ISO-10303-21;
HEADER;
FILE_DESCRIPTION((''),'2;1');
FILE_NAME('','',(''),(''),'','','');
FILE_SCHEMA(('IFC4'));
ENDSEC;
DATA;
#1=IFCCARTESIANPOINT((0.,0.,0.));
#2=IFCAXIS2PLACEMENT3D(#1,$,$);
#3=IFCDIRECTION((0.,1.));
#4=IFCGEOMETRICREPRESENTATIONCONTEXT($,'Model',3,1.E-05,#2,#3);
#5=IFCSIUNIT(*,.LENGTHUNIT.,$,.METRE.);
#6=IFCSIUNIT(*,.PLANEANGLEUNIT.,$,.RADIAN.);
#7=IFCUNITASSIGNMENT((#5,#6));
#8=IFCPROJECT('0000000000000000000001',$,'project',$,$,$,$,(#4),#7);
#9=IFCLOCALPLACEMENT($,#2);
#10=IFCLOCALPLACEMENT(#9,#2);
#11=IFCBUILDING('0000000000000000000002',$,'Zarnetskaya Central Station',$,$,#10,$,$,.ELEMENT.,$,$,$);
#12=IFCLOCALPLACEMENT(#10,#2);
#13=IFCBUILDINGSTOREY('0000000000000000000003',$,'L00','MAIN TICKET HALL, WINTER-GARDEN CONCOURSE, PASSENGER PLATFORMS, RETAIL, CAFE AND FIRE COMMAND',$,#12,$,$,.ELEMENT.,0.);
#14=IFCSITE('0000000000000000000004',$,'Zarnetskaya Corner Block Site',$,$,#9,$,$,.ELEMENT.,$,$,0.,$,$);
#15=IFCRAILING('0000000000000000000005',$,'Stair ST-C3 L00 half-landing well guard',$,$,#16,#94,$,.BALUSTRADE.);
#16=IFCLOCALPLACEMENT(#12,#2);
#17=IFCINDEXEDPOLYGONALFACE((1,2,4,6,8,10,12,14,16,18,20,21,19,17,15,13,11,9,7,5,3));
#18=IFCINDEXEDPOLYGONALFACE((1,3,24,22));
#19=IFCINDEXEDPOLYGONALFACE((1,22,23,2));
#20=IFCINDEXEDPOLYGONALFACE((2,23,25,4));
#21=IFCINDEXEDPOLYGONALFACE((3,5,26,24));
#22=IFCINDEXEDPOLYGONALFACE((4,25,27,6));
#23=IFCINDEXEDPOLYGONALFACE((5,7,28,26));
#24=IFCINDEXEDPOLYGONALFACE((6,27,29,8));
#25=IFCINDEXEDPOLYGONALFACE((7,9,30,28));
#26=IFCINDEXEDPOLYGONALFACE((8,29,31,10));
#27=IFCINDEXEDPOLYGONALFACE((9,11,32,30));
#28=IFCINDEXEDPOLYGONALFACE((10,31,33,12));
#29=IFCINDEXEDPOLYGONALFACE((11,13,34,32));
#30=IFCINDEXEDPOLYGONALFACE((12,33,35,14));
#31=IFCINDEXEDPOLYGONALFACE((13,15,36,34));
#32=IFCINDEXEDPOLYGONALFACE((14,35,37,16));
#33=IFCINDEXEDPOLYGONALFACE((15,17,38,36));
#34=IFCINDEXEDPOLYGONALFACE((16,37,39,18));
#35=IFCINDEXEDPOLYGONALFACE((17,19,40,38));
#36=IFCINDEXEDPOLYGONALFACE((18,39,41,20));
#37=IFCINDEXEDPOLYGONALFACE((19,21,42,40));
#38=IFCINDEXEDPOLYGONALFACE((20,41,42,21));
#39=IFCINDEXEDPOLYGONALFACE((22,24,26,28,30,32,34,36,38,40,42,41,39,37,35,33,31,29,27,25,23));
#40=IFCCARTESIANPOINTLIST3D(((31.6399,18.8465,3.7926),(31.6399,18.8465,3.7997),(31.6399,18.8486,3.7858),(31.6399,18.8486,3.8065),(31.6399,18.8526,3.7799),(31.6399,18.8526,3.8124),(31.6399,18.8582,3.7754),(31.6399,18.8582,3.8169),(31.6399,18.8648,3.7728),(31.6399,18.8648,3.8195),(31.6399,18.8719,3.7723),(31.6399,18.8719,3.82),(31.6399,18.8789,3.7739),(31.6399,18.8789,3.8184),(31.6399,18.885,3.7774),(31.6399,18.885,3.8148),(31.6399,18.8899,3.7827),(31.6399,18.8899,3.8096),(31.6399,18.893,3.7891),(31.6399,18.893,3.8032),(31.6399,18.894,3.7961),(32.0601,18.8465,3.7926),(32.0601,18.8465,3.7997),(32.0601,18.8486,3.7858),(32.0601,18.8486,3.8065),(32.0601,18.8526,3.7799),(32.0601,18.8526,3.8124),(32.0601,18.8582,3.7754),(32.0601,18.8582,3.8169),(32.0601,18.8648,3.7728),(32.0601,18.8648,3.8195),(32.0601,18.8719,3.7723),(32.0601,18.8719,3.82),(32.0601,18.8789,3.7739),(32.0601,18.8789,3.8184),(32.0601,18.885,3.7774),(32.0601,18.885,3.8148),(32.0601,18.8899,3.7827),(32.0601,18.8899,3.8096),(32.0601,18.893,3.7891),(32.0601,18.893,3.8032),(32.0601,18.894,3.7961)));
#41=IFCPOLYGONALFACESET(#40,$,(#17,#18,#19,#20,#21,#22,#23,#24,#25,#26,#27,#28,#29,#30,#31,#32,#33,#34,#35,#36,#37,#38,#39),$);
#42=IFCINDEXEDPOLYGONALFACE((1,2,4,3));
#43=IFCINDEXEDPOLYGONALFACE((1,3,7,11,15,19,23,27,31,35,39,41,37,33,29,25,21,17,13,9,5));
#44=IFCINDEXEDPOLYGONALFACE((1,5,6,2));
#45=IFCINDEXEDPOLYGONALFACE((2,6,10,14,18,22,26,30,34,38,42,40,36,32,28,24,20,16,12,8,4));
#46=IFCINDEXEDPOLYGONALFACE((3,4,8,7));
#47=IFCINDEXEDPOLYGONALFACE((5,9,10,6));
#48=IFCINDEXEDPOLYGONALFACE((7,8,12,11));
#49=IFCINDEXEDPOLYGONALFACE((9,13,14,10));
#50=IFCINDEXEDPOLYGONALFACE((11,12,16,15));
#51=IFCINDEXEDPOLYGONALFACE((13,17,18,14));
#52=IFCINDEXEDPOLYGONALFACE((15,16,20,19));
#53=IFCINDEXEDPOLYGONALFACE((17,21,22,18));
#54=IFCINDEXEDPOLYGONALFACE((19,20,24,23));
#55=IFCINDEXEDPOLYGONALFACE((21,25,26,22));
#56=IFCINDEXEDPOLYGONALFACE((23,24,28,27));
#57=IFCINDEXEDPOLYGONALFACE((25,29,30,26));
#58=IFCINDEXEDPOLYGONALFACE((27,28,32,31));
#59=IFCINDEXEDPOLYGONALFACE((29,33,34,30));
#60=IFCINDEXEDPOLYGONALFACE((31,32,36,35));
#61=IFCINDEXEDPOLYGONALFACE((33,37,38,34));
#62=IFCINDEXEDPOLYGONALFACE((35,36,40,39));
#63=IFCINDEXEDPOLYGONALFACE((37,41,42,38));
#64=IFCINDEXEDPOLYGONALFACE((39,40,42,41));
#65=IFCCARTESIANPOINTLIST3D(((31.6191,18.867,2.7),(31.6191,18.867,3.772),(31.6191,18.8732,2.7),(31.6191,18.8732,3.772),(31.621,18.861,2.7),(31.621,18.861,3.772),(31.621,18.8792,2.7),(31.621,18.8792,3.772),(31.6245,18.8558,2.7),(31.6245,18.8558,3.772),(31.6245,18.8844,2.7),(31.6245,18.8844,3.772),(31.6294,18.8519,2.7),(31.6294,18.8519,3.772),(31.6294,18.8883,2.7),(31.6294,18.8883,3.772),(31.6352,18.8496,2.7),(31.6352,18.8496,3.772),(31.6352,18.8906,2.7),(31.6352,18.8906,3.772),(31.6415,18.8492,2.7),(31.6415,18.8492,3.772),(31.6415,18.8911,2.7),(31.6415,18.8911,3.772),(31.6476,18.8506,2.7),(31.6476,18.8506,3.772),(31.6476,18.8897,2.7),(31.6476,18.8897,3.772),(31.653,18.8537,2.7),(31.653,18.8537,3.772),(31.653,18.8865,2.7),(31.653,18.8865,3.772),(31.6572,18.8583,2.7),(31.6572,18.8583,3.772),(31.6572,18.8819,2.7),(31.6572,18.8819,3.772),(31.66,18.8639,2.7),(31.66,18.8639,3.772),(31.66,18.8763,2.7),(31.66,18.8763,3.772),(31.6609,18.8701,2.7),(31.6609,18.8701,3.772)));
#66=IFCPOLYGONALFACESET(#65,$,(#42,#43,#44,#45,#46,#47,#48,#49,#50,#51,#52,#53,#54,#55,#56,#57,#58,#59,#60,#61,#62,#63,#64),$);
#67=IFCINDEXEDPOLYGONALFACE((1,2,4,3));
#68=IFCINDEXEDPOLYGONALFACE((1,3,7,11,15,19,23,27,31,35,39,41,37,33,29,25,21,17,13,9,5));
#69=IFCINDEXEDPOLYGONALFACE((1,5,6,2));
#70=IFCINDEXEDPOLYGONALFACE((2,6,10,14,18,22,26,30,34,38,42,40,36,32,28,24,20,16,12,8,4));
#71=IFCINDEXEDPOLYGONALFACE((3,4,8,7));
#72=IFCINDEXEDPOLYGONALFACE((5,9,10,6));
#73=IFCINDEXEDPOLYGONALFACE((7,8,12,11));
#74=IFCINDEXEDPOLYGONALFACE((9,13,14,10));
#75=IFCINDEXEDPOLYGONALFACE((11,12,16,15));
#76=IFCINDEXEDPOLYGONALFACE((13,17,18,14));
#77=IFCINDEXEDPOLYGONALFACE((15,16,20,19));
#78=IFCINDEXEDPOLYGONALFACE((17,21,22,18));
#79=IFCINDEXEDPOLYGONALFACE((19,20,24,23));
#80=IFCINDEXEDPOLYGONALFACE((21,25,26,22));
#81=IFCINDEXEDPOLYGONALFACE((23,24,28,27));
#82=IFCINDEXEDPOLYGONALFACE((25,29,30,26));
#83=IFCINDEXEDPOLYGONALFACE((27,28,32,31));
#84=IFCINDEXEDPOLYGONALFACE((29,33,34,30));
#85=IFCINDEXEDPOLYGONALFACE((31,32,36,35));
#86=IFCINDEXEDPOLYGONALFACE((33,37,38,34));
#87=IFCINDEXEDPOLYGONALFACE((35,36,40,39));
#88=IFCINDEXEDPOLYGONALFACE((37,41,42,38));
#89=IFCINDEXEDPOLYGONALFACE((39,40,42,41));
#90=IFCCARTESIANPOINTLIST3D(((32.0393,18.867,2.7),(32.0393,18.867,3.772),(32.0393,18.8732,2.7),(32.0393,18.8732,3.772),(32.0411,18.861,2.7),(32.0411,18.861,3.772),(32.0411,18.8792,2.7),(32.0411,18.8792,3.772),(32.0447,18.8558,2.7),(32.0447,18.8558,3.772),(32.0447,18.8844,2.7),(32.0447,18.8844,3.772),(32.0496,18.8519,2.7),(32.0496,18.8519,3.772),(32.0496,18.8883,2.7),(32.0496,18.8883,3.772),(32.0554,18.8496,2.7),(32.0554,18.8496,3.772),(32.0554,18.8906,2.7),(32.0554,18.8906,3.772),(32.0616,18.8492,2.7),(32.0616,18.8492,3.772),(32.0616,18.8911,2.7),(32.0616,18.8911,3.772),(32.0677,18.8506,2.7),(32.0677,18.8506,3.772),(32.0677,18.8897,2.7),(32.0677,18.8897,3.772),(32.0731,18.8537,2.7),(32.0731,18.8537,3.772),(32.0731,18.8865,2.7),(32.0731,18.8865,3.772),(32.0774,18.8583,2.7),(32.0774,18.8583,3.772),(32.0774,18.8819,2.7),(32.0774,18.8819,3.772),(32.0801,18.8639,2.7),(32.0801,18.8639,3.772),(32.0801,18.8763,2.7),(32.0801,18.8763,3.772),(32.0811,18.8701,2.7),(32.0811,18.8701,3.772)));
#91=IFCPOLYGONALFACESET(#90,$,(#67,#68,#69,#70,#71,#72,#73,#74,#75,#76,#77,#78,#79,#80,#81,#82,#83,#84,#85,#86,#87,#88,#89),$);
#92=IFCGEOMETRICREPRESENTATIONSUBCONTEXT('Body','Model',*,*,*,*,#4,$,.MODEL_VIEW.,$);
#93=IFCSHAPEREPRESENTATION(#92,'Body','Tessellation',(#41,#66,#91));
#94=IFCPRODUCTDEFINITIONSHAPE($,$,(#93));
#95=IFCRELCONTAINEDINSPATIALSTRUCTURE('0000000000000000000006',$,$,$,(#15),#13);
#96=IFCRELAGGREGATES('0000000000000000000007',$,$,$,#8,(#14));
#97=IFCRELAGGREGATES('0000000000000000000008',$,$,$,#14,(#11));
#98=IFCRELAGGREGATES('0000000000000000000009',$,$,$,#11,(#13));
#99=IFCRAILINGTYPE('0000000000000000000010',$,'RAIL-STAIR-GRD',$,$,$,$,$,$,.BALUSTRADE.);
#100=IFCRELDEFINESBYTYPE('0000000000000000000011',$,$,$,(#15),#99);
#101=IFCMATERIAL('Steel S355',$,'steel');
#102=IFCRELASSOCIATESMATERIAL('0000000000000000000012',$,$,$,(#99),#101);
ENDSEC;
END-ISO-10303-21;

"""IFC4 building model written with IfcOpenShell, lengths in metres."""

from ifc_helpers import new_model, si_unit, direction, frame, origin, origin_2d, place, context, subcontext, project, spatial, circle, extrude, material, type_object, element, save


model = new_model("IFC4")

# Units and contexts
model_context = context("Model", 3, precision=1e-05, world=origin(), true_north=direction((0.0, 1.0)))
body_context = subcontext(model_context, "Body", "Model", "MODEL_VIEW")
ifc_project = project(units=[si_unit("LENGTHUNIT", "METRE"), si_unit("PLANEANGLEUNIT", "RADIAN")], contexts=[model_context])

# Site, building, storey
site_placement = place(None, origin())
site = spatial("IfcSite", under=ifc_project, at=site_placement, Name="Zarnetskaya Corner Block Site", CompositionType="ELEMENT", RefElevation=0.0)
building_placement = place(site_placement, origin())
building = spatial("IfcBuilding", under=site, at=building_placement, Name="Zarnetskaya Central Station", CompositionType="ELEMENT")
storey_placement = place(building_placement, origin())
storey = spatial("IfcBuildingStorey", under=building, at=storey_placement, Name="L00", Description="MAIN TICKET HALL, WINTER-GARDEN CONCOURSE, PASSENGER PLATFORMS, RETAIL, CAFE AND FIRE COMMAND", CompositionType="ELEMENT", Elevation=0.0)

# Shared definitions
ifc_material_1 = material(Name="Steel S355", Category="steel")

# Railing
railing_type_1 = type_object("IfcRailingType", Name="RAIL-STAIR-GRD", PredefinedType="BALUSTRADE", material=ifc_material_1)
railing_1_placement = place(storey_placement, frame((31.6399, 18.8701, 2.7)))
element("IfcRailing", 1, at=railing_1_placement, inside=storey, type_object=railing_type_1, Name="Stair ST-C3 L00 half-landing well guard", PredefinedType="BALUSTRADE", context=body_context, shape_type="SweptSolid", body=[
    extrude(circle(Radius=0.0239, at=origin_2d()), frame((0.0, 0.0, 1.0962), z_axis=(1.0, 0.0, 0.0), x_axis=(0.0, 1.0, 0.0)), (0.0, 0.0, 1.0), 0.4202),
    extrude(circle(Radius=0.021, at=origin_2d()), origin(), (0.0, 0.0, 1.0), 1.072),
    extrude(circle(Radius=0.021, at=origin_2d()), frame((0.4202, 0.0, 0.0)), (0.0, 0.0, 1.0), 1.072),
])

save(model, "model.ifc")
